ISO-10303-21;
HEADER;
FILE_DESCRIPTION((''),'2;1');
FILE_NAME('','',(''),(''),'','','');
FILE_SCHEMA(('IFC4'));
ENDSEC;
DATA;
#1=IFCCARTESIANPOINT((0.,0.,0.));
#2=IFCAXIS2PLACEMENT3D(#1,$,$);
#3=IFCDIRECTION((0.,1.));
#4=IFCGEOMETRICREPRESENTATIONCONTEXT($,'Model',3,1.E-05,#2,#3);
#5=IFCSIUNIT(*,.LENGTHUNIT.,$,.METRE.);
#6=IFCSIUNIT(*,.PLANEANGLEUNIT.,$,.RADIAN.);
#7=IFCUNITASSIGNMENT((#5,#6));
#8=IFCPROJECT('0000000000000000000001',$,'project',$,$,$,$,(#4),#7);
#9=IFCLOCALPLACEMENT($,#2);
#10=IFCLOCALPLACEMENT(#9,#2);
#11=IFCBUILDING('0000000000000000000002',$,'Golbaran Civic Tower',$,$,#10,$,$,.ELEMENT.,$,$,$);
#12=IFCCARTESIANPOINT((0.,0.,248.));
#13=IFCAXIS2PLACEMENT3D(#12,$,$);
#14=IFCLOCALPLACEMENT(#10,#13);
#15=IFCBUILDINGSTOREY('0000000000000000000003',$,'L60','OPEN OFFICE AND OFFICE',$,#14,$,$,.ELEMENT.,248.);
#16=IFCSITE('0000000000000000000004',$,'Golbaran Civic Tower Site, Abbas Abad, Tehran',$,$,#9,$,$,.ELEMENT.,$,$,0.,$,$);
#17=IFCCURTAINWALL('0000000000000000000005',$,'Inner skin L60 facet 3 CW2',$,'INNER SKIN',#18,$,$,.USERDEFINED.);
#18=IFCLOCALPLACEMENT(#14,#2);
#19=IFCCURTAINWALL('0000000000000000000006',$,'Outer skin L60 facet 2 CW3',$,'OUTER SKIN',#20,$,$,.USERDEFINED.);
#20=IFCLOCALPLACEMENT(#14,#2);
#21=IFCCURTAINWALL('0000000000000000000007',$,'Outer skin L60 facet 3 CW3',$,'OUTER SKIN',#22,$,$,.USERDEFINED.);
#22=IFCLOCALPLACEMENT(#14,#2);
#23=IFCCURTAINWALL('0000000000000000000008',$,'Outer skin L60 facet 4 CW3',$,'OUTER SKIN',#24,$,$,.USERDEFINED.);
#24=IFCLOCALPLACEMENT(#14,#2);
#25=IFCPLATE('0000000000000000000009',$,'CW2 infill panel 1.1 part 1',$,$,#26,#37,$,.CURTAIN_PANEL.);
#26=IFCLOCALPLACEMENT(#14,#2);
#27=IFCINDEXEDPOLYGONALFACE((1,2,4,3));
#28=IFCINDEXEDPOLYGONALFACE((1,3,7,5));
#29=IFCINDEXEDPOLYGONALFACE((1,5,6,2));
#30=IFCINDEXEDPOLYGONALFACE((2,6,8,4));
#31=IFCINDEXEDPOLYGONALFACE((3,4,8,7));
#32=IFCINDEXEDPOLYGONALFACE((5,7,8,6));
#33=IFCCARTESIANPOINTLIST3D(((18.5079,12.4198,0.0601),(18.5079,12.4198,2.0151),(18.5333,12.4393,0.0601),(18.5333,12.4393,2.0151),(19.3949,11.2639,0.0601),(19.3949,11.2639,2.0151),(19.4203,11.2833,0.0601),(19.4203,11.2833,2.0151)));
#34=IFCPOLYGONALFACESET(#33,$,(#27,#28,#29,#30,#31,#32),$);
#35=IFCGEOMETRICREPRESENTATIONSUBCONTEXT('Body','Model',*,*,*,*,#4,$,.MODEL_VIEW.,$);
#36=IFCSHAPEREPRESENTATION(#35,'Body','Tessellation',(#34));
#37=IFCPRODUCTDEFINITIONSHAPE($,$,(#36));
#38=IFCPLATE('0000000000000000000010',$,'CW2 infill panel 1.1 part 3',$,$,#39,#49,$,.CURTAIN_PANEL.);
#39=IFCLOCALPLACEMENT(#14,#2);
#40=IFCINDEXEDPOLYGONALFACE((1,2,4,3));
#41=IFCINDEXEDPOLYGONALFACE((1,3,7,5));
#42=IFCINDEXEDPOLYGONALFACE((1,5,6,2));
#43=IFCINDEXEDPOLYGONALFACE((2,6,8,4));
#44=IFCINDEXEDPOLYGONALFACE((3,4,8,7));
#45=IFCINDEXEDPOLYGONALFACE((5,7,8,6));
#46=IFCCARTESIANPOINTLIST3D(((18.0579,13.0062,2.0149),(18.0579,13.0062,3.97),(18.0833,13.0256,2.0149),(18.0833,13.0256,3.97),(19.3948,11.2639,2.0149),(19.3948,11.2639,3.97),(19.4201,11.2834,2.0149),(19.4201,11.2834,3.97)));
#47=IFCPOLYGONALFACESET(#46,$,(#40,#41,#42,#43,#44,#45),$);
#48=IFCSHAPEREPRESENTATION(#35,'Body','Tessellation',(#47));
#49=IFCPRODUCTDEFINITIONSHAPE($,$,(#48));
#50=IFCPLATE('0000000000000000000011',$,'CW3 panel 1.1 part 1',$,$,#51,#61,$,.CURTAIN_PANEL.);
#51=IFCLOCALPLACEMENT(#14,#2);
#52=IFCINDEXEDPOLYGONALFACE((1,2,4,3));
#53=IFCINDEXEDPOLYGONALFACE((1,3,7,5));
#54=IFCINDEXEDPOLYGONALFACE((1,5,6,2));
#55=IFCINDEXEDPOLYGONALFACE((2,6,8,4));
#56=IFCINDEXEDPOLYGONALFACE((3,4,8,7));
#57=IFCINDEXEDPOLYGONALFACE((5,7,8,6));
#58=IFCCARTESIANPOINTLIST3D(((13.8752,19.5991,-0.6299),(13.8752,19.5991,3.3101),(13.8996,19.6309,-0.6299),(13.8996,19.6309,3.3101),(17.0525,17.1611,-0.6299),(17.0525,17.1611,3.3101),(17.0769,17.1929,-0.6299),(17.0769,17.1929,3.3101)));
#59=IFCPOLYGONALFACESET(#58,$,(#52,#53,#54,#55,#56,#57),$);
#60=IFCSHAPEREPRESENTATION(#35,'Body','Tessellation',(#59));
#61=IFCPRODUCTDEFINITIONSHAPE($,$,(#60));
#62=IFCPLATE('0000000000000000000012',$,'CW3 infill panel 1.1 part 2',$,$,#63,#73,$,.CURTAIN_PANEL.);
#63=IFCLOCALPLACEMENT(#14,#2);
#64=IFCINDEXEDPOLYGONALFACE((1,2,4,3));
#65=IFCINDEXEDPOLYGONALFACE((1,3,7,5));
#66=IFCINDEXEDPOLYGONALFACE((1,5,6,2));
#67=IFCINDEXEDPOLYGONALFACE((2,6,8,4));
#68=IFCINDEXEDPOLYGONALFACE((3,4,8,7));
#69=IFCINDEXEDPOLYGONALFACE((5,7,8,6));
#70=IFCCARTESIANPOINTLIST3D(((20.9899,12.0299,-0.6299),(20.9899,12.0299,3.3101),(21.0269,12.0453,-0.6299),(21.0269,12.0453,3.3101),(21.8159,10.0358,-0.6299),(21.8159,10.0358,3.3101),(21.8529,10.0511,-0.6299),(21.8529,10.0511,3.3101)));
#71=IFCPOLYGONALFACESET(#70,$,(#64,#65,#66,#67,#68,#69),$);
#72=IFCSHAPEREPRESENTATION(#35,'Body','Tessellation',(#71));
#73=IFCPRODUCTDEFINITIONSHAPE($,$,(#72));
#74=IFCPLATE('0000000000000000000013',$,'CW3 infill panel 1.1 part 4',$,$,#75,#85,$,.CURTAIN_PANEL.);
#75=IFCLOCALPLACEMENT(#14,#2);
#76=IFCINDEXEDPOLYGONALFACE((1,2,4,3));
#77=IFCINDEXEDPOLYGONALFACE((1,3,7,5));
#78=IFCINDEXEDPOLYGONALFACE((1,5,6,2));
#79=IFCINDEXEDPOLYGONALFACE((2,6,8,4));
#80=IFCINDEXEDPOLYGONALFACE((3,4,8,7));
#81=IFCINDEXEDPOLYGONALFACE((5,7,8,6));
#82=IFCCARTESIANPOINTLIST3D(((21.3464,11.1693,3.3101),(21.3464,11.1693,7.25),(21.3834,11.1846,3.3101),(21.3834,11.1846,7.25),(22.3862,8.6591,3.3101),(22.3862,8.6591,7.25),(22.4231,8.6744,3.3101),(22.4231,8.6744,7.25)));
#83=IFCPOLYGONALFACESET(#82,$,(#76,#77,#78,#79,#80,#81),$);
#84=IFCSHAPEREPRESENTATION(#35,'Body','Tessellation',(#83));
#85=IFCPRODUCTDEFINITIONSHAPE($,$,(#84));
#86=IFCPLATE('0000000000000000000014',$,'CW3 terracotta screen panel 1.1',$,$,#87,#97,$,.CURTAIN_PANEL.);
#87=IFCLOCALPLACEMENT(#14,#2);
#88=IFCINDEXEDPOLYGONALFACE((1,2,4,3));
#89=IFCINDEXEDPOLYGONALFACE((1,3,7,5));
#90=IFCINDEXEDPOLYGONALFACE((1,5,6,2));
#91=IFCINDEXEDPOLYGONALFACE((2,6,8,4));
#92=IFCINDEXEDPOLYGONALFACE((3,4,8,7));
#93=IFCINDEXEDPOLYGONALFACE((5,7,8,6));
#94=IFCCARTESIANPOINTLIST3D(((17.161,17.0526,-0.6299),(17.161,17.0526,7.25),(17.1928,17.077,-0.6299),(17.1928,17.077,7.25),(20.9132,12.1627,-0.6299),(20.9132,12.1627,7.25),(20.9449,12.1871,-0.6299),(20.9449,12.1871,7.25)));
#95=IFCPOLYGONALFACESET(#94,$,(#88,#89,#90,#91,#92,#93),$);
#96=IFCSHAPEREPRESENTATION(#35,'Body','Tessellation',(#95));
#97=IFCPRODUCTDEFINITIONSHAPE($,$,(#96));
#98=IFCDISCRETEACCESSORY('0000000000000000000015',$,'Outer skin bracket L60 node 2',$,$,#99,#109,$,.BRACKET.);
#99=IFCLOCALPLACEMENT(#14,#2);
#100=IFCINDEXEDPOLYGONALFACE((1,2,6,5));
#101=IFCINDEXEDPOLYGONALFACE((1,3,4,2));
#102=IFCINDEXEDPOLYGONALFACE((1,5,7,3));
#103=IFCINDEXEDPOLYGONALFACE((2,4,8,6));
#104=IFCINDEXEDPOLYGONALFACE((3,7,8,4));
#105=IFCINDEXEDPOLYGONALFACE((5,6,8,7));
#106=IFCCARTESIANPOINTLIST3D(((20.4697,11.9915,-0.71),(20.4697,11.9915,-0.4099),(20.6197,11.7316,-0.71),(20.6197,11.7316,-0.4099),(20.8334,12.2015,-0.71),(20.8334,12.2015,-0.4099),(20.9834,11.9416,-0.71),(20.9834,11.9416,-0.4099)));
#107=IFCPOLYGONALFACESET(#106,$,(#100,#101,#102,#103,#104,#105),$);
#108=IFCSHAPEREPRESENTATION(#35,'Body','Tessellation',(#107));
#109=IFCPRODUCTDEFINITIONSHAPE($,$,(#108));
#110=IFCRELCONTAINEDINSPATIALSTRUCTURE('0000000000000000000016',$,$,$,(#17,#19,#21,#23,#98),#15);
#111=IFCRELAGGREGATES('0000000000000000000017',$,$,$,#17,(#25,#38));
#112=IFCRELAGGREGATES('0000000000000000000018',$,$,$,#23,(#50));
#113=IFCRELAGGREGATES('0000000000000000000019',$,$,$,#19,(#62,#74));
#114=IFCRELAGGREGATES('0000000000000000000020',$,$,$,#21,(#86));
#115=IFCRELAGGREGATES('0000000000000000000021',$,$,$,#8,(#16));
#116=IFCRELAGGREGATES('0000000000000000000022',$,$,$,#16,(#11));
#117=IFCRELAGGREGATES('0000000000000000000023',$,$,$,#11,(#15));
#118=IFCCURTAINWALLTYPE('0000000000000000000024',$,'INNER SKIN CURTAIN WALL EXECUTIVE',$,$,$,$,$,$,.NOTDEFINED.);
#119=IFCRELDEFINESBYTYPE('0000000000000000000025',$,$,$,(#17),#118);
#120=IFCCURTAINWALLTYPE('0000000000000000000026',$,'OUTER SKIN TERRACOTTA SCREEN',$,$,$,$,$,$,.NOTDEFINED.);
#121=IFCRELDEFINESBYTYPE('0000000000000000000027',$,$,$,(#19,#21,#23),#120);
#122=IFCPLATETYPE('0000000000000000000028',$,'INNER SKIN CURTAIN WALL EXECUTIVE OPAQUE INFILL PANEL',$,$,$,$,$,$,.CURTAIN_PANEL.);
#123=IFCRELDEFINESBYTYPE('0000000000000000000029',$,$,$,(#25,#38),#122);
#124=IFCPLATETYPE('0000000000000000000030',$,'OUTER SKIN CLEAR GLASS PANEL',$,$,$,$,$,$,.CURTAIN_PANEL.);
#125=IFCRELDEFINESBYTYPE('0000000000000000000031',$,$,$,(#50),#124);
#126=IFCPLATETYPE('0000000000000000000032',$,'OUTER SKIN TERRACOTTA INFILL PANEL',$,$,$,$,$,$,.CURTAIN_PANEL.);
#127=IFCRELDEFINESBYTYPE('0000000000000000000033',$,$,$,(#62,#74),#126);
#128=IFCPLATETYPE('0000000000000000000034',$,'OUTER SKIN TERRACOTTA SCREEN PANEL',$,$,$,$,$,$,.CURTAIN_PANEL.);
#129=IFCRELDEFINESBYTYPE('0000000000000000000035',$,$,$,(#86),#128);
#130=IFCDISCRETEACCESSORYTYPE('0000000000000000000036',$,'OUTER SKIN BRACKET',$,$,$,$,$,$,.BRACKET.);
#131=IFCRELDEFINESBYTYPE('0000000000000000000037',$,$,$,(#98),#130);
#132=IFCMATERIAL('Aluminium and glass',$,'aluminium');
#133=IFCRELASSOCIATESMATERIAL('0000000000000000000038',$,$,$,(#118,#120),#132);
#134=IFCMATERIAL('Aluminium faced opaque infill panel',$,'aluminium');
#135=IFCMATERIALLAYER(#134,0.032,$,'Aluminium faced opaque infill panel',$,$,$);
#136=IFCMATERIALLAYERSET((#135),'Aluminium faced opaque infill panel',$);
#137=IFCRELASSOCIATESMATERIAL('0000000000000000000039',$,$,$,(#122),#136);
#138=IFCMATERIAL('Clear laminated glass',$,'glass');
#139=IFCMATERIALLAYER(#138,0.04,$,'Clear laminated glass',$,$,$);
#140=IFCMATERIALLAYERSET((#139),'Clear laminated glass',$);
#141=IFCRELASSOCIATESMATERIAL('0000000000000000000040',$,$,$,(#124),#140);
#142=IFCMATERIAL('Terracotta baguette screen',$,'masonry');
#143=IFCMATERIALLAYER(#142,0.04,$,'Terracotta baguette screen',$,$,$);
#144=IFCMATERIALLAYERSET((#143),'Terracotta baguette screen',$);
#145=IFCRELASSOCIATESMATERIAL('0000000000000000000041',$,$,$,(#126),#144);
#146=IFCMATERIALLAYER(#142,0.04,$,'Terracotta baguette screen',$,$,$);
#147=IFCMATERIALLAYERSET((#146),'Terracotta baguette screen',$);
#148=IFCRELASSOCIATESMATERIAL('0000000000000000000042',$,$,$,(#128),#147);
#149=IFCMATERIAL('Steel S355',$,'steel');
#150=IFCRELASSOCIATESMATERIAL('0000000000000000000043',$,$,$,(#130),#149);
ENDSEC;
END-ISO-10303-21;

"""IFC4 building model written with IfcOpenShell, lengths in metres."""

from ifc_helpers import new_model, si_unit, direction, frame, origin, origin_2d, place, context, subcontext, project, spatial, rectangle, extrude, material, layer, layer_set, type_object, element, aggregate, save


model = new_model("IFC4")

# Units and contexts
model_context = context("Model", 3, precision=1e-05, world=origin(), true_north=direction((0.0, 1.0)))
body_context = subcontext(model_context, "Body", "Model", "MODEL_VIEW")
ifc_project = project(units=[si_unit("LENGTHUNIT", "METRE"), si_unit("PLANEANGLEUNIT", "RADIAN")], contexts=[model_context])

# Site, building, storey
site_placement = place(None, origin())
site = spatial("IfcSite", under=ifc_project, at=site_placement, Name="Golbaran Civic Tower Site, Abbas Abad, Tehran", CompositionType="ELEMENT", RefElevation=0.0)
building_placement = place(site_placement, origin())
building = spatial("IfcBuilding", under=site, at=building_placement, Name="Golbaran Civic Tower", CompositionType="ELEMENT")
storey_placement = place(building_placement, frame((0.0, 0.0, 248.0)))
storey = spatial("IfcBuildingStorey", under=building, at=storey_placement, Name="L60", Description="OPEN OFFICE AND OFFICE", CompositionType="ELEMENT", Elevation=248.0)

# Shared definitions
ifc_material_1 = material(Name="Steel S355", Category="steel")

# Shared definitions
ifc_material_2 = material(Name="Aluminium and glass", Category="aluminium")
curtain_wall_type_1 = type_object("IfcCurtainWallType", Name="INNER SKIN CURTAIN WALL EXECUTIVE", PredefinedType="NOTDEFINED", material=ifc_material_2)

# Curtain wall
curtain_wall_1_placement = place(storey_placement, origin())
curtain_wall_1 = element("IfcCurtainWall", 1, at=curtain_wall_1_placement, inside=storey, type_object=curtain_wall_type_1, Name="Inner skin L60 facet 3 CW2", ObjectType="INNER SKIN", PredefinedType="USERDEFINED")

# Curtain wall
curtain_wall_type_2 = type_object("IfcCurtainWallType", Name="OUTER SKIN TERRACOTTA SCREEN", PredefinedType="NOTDEFINED", material=ifc_material_2)
curtain_wall_2_placement = place(storey_placement, origin())
curtain_wall_2 = element("IfcCurtainWall", 2, at=curtain_wall_2_placement, inside=storey, type_object=curtain_wall_type_2, Name="Outer skin L60 facet 2 CW3", ObjectType="OUTER SKIN", PredefinedType="USERDEFINED")

# Curtain wall
curtain_wall_3_placement = place(storey_placement, origin())
curtain_wall_3 = element("IfcCurtainWall", 3, at=curtain_wall_3_placement, inside=storey, type_object=curtain_wall_type_2, Name="Outer skin L60 facet 3 CW3", ObjectType="OUTER SKIN", PredefinedType="USERDEFINED")

# Curtain wall
curtain_wall_4_placement = place(storey_placement, origin())
curtain_wall_4 = element("IfcCurtainWall", 4, at=curtain_wall_4_placement, inside=storey, type_object=curtain_wall_type_2, Name="Outer skin L60 facet 4 CW3", ObjectType="OUTER SKIN", PredefinedType="USERDEFINED")

# Plates
ifc_material_3 = material(Name="Aluminium faced opaque infill panel", Category="aluminium")
ifc_layer_1 = layer(ifc_material_3, 0.032, Name="Aluminium faced opaque infill panel")
ifc_layer_set_1 = layer_set([ifc_layer_1], Name="Aluminium faced opaque infill panel")
plate_type_1 = type_object("IfcPlateType", Name="INNER SKIN CURTAIN WALL EXECUTIVE OPAQUE INFILL PANEL", PredefinedType="CURTAIN_PANEL", material=ifc_layer_set_1)
plate_1_placement = place(storey_placement, frame((18.9641, 11.8516, 0.0601), z_axis=(0.0, 0.0, 1.0), x_axis=(-0.608761, 0.793353, 0.0)))
plate_1 = element("IfcPlate", 5, at=plate_1_placement, type_object=plate_type_1, Name="CW2 infill panel 1.1 part 1", PredefinedType="CURTAIN_PANEL", context=body_context, shape_type="SweptSolid", body=[
    extrude(rectangle(XDim=1.457, YDim=0.032, at=origin_2d()), origin(), (0.0, 0.0, 1.0), 1.9551),
])
plate_2_placement = place(storey_placement, frame((18.739, 12.1448, 2.0149), z_axis=(0.0, 0.0, 1.0), x_axis=(-0.608761, 0.793353, 0.0)))
plate_2 = element("IfcPlate", 6, at=plate_2_placement, type_object=plate_type_1, Name="CW2 infill panel 1.1 part 3", PredefinedType="CURTAIN_PANEL", context=body_context, shape_type="SweptSolid", body=[
    extrude(rectangle(XDim=2.196, YDim=0.032, at=origin_2d()), origin(), (0.0, 0.0, 1.0), 1.9551),
])
aggregate(curtain_wall_1, [plate_1, plate_2])
ifc_material_4 = material(Name="Clear laminated glass", Category="glass")
ifc_layer_2 = layer(ifc_material_4, 0.04, Name="Clear laminated glass")
ifc_layer_set_2 = layer_set([ifc_layer_2], Name="Clear laminated glass")
plate_type_2 = type_object("IfcPlateType", Name="OUTER SKIN CLEAR GLASS PANEL", PredefinedType="CURTAIN_PANEL", material=ifc_layer_set_2)
plate_3_placement = place(storey_placement, frame((15.4761, 18.396, -0.6299), z_axis=(0.0, 0.0, 1.0), x_axis=(-0.793353, 0.608761, 0.0)))
plate_3 = element("IfcPlate", 7, at=plate_3_placement, type_object=plate_type_2, Name="CW3 panel 1.1 part 1", PredefinedType="CURTAIN_PANEL", context=body_context, shape_type="SweptSolid", body=[
    extrude(rectangle(XDim=4.0049, YDim=0.04, at=origin_2d()), origin(), (0.0, 0.0, 1.0), 3.9399),
])
aggregate(curtain_wall_4, [plate_3])
ifc_material_5 = material(Name="Terracotta baguette screen", Category="masonry")
ifc_layer_3 = layer(ifc_material_5, 0.04, Name="Terracotta baguette screen")
ifc_layer_set_3 = layer_set([ifc_layer_3], Name="Terracotta baguette screen")
plate_type_3 = type_object("IfcPlateType", Name="OUTER SKIN TERRACOTTA INFILL PANEL", PredefinedType="CURTAIN_PANEL", material=ifc_layer_set_3)
plate_4_placement = place(storey_placement, frame((21.4214, 11.0405, -0.6299), z_axis=(0.0, 0.0, 1.0), x_axis=(-0.382683, 0.92388, 0.0)))
plate_4 = element("IfcPlate", 8, at=plate_4_placement, type_object=plate_type_3, Name="CW3 infill panel 1.1 part 2", PredefinedType="CURTAIN_PANEL", context=body_context, shape_type="SweptSolid", body=[
    extrude(rectangle(XDim=2.1584, YDim=0.04, at=origin_2d()), origin(), (0.0, 0.0, 1.0), 3.9399),
])
plate_5_placement = place(storey_placement, frame((21.8848, 9.9219, 3.3101), z_axis=(0.0, 0.0, 1.0), x_axis=(-0.382683, 0.92388, 0.0)))
plate_5 = element("IfcPlate", 9, at=plate_5_placement, type_object=plate_type_3, Name="CW3 infill panel 1.1 part 4", PredefinedType="CURTAIN_PANEL", context=body_context, shape_type="SweptSolid", body=[
    extrude(rectangle(XDim=2.717, YDim=0.04, at=origin_2d()), origin(), (0.0, 0.0, 1.0), 3.9399),
])
aggregate(curtain_wall_2, [plate_4, plate_5])
ifc_layer_4 = layer(ifc_material_5, 0.04, Name="Terracotta baguette screen")
ifc_layer_set_4 = layer_set([ifc_layer_4], Name="Terracotta baguette screen")
plate_type_4 = type_object("IfcPlateType", Name="OUTER SKIN TERRACOTTA SCREEN PANEL", PredefinedType="CURTAIN_PANEL", material=ifc_layer_set_4)
plate_6_placement = place(storey_placement, frame((19.053, 14.6199, -0.6299), z_axis=(0.0, 0.0, 1.0), x_axis=(-0.608761, 0.793353, 0.0)))
plate_6 = element("IfcPlate", 10, at=plate_6_placement, type_object=plate_type_4, Name="CW3 terracotta screen panel 1.1", PredefinedType="CURTAIN_PANEL", context=body_context, shape_type="SweptSolid", body=[
    extrude(rectangle(XDim=6.1636, YDim=0.04, at=origin_2d()), origin(), (0.0, 0.0, 1.0), 7.8799),
])
aggregate(curtain_wall_3, [plate_6])

# Discrete accessory
discrete_accessory_type = type_object("IfcDiscreteAccessoryType", Name="OUTER SKIN BRACKET", PredefinedType="BRACKET", material=ifc_material_1)
discrete_accessory_placement = place(storey_placement, frame((20.7266, 11.9666, -0.71), z_axis=(0.0, 0.0, 1.0), x_axis=(0.866025, 0.5, 0.0)))
element("IfcDiscreteAccessory", 11, at=discrete_accessory_placement, inside=storey, type_object=discrete_accessory_type, Name="Outer skin bracket L60 node 2", PredefinedType="BRACKET", context=body_context, shape_type="SweptSolid", body=[
    extrude(rectangle(XDim=0.4199, YDim=0.3, at=origin_2d()), origin(), (0.0, 0.0, 1.0), 0.3),
])

save(model, "model.ifc")
